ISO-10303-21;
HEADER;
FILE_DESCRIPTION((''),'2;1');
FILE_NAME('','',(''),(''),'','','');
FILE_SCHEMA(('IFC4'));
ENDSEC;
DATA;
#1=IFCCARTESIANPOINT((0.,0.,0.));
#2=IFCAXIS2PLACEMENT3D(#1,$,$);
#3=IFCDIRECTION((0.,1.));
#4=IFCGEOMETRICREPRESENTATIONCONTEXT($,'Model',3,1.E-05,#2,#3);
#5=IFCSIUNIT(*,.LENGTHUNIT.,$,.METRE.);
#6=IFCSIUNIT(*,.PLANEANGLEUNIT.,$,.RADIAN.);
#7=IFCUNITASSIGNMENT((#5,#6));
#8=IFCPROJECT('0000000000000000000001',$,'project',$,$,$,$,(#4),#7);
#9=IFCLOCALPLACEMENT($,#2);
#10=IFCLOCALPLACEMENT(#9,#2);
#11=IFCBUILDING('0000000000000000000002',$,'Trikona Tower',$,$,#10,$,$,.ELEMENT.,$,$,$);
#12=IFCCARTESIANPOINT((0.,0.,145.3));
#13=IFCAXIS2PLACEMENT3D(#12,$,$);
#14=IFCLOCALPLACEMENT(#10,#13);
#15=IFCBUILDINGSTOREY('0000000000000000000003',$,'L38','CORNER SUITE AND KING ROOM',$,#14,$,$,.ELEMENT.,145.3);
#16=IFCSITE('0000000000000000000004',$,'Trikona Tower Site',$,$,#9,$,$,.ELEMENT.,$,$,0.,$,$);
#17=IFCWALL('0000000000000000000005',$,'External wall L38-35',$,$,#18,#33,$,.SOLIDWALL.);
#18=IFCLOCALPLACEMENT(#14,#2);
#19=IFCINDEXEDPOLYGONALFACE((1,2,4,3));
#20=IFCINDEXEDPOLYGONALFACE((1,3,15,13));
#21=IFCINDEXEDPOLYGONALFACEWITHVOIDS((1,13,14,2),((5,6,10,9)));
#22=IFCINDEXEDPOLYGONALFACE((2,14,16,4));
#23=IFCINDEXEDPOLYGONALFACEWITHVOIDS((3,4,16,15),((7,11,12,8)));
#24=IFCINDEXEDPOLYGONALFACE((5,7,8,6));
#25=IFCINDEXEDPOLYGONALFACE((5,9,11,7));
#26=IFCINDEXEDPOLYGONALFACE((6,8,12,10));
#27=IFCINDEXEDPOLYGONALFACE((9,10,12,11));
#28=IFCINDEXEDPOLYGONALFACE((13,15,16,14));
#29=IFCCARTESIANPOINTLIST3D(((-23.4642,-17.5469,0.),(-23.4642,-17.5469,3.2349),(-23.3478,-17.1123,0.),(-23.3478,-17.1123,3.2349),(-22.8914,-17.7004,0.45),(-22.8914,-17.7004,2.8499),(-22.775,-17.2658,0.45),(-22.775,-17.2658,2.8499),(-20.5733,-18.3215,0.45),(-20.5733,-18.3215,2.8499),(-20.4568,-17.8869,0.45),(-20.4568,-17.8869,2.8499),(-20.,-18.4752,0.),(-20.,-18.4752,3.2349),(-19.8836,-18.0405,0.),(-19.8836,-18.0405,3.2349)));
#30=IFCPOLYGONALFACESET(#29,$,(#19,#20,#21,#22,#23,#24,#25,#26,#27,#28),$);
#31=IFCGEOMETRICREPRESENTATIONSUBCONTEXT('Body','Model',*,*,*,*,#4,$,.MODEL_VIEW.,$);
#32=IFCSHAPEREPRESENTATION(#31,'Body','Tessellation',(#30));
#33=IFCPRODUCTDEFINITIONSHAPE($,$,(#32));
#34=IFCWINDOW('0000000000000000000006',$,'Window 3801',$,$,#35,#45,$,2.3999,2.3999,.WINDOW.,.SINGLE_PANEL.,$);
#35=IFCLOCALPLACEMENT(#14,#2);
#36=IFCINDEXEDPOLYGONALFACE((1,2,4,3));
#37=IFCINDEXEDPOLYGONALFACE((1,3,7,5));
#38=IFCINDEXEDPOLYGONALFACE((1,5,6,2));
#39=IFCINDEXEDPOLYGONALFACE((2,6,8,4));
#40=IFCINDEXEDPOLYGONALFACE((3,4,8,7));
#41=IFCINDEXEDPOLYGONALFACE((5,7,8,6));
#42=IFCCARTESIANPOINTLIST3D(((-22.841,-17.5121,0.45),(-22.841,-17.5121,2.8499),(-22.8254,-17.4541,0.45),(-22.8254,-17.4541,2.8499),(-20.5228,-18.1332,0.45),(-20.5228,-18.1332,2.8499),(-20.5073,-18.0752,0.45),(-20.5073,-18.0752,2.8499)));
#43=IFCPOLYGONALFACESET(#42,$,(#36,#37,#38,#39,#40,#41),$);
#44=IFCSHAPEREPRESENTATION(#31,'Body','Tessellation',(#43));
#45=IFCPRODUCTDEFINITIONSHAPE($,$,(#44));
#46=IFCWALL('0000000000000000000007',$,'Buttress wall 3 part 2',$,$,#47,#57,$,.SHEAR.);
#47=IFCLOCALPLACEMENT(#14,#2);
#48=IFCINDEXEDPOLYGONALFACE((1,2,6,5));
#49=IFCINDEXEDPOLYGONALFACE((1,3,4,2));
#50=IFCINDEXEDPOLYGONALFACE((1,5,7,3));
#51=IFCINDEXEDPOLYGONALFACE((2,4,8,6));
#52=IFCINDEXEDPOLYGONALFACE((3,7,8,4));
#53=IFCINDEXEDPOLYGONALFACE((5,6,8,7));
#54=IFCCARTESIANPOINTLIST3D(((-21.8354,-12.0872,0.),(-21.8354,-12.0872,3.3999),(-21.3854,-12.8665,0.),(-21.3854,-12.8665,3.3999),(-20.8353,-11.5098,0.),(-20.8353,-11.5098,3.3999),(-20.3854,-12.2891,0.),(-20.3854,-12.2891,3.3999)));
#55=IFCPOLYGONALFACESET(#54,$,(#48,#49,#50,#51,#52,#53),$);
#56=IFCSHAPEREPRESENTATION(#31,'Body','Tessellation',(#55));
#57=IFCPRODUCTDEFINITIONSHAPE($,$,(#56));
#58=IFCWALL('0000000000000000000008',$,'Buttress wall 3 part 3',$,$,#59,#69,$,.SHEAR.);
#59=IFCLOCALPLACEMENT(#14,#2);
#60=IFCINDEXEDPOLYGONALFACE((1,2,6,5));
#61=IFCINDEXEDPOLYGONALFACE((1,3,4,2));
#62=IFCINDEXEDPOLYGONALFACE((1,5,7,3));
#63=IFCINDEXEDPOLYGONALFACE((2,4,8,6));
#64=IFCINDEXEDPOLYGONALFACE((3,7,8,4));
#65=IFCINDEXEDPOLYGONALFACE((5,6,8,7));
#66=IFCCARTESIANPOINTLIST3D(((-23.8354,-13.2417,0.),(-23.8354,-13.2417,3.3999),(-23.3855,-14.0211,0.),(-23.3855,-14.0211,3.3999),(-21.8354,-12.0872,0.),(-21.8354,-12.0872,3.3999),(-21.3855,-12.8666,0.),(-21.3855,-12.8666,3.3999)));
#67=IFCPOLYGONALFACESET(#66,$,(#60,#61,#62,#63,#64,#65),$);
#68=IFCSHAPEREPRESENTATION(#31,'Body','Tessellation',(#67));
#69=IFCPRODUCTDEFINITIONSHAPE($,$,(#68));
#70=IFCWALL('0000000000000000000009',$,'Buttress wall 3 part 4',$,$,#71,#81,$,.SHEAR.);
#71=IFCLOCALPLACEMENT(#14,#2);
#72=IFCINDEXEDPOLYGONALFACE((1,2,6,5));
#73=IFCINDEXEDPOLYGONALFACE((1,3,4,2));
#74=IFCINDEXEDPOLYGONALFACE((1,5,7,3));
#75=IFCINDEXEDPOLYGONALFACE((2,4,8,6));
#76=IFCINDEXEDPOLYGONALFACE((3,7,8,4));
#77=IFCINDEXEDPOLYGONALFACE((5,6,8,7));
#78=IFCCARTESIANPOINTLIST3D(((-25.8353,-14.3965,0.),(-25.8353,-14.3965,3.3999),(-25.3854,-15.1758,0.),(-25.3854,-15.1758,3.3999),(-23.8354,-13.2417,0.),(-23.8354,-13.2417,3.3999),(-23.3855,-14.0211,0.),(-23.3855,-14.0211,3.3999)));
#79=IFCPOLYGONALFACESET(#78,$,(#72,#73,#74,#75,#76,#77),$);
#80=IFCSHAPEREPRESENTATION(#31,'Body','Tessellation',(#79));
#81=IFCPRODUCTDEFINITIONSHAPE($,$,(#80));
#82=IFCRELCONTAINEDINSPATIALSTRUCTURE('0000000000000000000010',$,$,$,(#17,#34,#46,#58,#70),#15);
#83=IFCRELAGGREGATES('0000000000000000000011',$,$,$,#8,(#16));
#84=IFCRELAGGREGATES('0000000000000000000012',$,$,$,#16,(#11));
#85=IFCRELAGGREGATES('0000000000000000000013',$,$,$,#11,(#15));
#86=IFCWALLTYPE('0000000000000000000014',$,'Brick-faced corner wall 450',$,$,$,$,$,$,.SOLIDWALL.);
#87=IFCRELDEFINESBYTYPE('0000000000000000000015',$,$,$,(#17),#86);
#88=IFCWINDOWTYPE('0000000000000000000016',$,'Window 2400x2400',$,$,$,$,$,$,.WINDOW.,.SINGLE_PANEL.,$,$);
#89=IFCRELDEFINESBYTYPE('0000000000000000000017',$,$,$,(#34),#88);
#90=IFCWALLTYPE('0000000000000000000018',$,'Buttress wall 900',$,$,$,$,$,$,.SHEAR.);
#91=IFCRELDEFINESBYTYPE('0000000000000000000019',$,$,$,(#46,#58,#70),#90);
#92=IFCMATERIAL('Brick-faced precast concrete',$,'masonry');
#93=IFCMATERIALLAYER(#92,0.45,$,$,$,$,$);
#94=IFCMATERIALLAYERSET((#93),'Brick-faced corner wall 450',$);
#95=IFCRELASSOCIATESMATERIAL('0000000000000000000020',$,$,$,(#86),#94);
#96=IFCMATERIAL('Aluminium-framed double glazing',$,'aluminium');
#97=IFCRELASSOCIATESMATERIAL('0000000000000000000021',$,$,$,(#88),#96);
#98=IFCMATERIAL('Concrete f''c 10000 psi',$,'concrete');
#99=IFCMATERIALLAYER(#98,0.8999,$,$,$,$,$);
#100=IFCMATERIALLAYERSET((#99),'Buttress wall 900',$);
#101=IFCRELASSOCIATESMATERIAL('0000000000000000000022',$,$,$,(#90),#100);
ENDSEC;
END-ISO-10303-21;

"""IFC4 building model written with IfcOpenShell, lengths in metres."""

from ifc_helpers import new_model, si_unit, direction, frame, frame_2d, origin, place, context, subcontext, project, spatial, rectangle, extrude, material, layer, layer_set, type_object, element, fill, save


model = new_model("IFC4")

# Units and contexts
model_context = context("Model", 3, precision=1e-05, world=origin(), true_north=direction((0.0, 1.0)))
body_context = subcontext(model_context, "Body", "Model", "MODEL_VIEW")
ifc_project = project(units=[si_unit("LENGTHUNIT", "METRE"), si_unit("PLANEANGLEUNIT", "RADIAN")], contexts=[model_context])

# Site, building, storey
site_placement = place(None, origin())
site = spatial("IfcSite", under=ifc_project, at=site_placement, Name="Trikona Tower Site", CompositionType="ELEMENT", RefElevation=0.0)
building_placement = place(site_placement, origin())
building = spatial("IfcBuilding", under=site, at=building_placement, Name="Trikona Tower", CompositionType="ELEMENT")
storey_placement = place(building_placement, frame((0.0, 0.0, 145.3)))
storey = spatial("IfcBuildingStorey", under=building, at=storey_placement, Name="L38", Description="CORNER SUITE AND KING ROOM", CompositionType="ELEMENT", Elevation=145.3)

# Wall, opening, window
ifc_material_1 = material(Name="Brick-faced precast concrete", Category="masonry")
ifc_layer_1 = layer(ifc_material_1, 0.45)
ifc_layer_set_1 = layer_set([ifc_layer_1], Name="Brick-faced corner wall 450")
wall_type_1 = type_object("IfcWallType", Name="Brick-faced corner wall 450", PredefinedType="SOLIDWALL", material=ifc_layer_set_1)
wall_1_placement = place(storey_placement, frame((-23.406, -17.3296, 0.0), z_axis=(0.0, 0.0, 1.0), x_axis=(0.965925, -0.258823, 0.0)))
wall_1 = element("IfcWall", 1, at=wall_1_placement, inside=storey, type_object=wall_type_1, Name="External wall L38-35", PredefinedType="SOLIDWALL", context=body_context, shape_type="SweptSolid", body=[
    extrude(rectangle(XDim=3.5864, YDim=0.45, at=frame_2d((1.7932, 0.0))), origin(), (0.0, 0.0, 1.0), 3.2349),
])
opening_1_placement = place(wall_1_placement, frame((0.593, 0.0, 0.45)))
opening_1 = element("IfcOpeningElement", 2, at=opening_1_placement, cuts=wall_1, PredefinedType="OPENING", context=body_context, shape_type="SweptSolid", body=[
    extrude(rectangle(XDim=2.3999, YDim=2.3999, at=frame_2d((1.2, 1.2))), frame((0.0, 0.2349, 0.0), z_axis=(0.0, -1.0, 0.0), x_axis=(1.0, 0.0, 0.0)), (0.0, 0.0, 1.0), 0.47),
])
ifc_material_2 = material(Name="Aluminium-framed double glazing", Category="aluminium")
window_type_1 = type_object("IfcWindowType", Name="Window 2400x2400", PartitioningType="SINGLE_PANEL", PredefinedType="WINDOW", material=ifc_material_2)
window_1_placement = place(opening_1_placement, origin())
window_1 = element("IfcWindow", 3, at=window_1_placement, inside=storey, type_object=window_type_1, Name="Window 3801", OverallHeight=2.3999, OverallWidth=2.3999, PartitioningType="SINGLE_PANEL", PredefinedType="WINDOW", context=body_context, shape_type="SweptSolid", body=[
    extrude(rectangle(XDim=2.3999, YDim=2.3999, at=frame_2d((1.2, 1.2))), frame((0.0, 0.03, 0.0), z_axis=(0.0, -1.0, 0.0), x_axis=(1.0, 0.0, 0.0)), (0.0, 0.0, 1.0), 0.0601),
])
fill(opening_1, window_1)

# Walls
ifc_material_3 = material(Name="Concrete f'c 10000 psi", Category="concrete")
ifc_layer_2 = layer(ifc_material_3, 0.8999)
ifc_layer_set_2 = layer_set([ifc_layer_2], Name="Buttress wall 900")
wall_type_2 = type_object("IfcWallType", Name="Buttress wall 900", PredefinedType="SHEAR", material=ifc_layer_set_2)
wall_2_placement = place(storey_placement, frame((-20.6104, -11.8994, 0.0), z_axis=(0.0, 0.0, 1.0), x_axis=(-0.86601, -0.500027, 0.0)))
element("IfcWall", 4, at=wall_2_placement, inside=storey, type_object=wall_type_2, Name="Buttress wall 3 part 2", PredefinedType="SHEAR", context=body_context, shape_type="SweptSolid", body=[
    extrude(rectangle(XDim=1.1548, YDim=0.8999, at=frame_2d((0.5774, 0.0))), origin(), (0.0, 0.0, 1.0), 3.3999),
])
for number, where, z_axis, x_axis, name in (
    (5, (-21.6104, -12.4768, 0.0), (0.0, 0.0, 1.0), (-0.866055, -0.499948, 0.0), "Buttress wall 3 part 3"),
    (6, (-23.6104, -13.6313, 0.0), (0.0, 0.0, 1.0), (-0.86601, -0.500027, 0.0), "Buttress wall 3 part 4"),
):
    element("IfcWall", number, at=place(storey_placement, frame(where, z_axis=z_axis, x_axis=x_axis)), inside=storey, type_object=wall_type_2, Name=name, PredefinedType="SHEAR", context=body_context, shape_type="SweptSolid", body=[
        extrude(rectangle(XDim=2.3093, YDim=0.8999, at=frame_2d((1.1548, 0.0))), origin(), (0.0, 0.0, 1.0), 3.3999),
    ])

save(model, "model.ifc")
